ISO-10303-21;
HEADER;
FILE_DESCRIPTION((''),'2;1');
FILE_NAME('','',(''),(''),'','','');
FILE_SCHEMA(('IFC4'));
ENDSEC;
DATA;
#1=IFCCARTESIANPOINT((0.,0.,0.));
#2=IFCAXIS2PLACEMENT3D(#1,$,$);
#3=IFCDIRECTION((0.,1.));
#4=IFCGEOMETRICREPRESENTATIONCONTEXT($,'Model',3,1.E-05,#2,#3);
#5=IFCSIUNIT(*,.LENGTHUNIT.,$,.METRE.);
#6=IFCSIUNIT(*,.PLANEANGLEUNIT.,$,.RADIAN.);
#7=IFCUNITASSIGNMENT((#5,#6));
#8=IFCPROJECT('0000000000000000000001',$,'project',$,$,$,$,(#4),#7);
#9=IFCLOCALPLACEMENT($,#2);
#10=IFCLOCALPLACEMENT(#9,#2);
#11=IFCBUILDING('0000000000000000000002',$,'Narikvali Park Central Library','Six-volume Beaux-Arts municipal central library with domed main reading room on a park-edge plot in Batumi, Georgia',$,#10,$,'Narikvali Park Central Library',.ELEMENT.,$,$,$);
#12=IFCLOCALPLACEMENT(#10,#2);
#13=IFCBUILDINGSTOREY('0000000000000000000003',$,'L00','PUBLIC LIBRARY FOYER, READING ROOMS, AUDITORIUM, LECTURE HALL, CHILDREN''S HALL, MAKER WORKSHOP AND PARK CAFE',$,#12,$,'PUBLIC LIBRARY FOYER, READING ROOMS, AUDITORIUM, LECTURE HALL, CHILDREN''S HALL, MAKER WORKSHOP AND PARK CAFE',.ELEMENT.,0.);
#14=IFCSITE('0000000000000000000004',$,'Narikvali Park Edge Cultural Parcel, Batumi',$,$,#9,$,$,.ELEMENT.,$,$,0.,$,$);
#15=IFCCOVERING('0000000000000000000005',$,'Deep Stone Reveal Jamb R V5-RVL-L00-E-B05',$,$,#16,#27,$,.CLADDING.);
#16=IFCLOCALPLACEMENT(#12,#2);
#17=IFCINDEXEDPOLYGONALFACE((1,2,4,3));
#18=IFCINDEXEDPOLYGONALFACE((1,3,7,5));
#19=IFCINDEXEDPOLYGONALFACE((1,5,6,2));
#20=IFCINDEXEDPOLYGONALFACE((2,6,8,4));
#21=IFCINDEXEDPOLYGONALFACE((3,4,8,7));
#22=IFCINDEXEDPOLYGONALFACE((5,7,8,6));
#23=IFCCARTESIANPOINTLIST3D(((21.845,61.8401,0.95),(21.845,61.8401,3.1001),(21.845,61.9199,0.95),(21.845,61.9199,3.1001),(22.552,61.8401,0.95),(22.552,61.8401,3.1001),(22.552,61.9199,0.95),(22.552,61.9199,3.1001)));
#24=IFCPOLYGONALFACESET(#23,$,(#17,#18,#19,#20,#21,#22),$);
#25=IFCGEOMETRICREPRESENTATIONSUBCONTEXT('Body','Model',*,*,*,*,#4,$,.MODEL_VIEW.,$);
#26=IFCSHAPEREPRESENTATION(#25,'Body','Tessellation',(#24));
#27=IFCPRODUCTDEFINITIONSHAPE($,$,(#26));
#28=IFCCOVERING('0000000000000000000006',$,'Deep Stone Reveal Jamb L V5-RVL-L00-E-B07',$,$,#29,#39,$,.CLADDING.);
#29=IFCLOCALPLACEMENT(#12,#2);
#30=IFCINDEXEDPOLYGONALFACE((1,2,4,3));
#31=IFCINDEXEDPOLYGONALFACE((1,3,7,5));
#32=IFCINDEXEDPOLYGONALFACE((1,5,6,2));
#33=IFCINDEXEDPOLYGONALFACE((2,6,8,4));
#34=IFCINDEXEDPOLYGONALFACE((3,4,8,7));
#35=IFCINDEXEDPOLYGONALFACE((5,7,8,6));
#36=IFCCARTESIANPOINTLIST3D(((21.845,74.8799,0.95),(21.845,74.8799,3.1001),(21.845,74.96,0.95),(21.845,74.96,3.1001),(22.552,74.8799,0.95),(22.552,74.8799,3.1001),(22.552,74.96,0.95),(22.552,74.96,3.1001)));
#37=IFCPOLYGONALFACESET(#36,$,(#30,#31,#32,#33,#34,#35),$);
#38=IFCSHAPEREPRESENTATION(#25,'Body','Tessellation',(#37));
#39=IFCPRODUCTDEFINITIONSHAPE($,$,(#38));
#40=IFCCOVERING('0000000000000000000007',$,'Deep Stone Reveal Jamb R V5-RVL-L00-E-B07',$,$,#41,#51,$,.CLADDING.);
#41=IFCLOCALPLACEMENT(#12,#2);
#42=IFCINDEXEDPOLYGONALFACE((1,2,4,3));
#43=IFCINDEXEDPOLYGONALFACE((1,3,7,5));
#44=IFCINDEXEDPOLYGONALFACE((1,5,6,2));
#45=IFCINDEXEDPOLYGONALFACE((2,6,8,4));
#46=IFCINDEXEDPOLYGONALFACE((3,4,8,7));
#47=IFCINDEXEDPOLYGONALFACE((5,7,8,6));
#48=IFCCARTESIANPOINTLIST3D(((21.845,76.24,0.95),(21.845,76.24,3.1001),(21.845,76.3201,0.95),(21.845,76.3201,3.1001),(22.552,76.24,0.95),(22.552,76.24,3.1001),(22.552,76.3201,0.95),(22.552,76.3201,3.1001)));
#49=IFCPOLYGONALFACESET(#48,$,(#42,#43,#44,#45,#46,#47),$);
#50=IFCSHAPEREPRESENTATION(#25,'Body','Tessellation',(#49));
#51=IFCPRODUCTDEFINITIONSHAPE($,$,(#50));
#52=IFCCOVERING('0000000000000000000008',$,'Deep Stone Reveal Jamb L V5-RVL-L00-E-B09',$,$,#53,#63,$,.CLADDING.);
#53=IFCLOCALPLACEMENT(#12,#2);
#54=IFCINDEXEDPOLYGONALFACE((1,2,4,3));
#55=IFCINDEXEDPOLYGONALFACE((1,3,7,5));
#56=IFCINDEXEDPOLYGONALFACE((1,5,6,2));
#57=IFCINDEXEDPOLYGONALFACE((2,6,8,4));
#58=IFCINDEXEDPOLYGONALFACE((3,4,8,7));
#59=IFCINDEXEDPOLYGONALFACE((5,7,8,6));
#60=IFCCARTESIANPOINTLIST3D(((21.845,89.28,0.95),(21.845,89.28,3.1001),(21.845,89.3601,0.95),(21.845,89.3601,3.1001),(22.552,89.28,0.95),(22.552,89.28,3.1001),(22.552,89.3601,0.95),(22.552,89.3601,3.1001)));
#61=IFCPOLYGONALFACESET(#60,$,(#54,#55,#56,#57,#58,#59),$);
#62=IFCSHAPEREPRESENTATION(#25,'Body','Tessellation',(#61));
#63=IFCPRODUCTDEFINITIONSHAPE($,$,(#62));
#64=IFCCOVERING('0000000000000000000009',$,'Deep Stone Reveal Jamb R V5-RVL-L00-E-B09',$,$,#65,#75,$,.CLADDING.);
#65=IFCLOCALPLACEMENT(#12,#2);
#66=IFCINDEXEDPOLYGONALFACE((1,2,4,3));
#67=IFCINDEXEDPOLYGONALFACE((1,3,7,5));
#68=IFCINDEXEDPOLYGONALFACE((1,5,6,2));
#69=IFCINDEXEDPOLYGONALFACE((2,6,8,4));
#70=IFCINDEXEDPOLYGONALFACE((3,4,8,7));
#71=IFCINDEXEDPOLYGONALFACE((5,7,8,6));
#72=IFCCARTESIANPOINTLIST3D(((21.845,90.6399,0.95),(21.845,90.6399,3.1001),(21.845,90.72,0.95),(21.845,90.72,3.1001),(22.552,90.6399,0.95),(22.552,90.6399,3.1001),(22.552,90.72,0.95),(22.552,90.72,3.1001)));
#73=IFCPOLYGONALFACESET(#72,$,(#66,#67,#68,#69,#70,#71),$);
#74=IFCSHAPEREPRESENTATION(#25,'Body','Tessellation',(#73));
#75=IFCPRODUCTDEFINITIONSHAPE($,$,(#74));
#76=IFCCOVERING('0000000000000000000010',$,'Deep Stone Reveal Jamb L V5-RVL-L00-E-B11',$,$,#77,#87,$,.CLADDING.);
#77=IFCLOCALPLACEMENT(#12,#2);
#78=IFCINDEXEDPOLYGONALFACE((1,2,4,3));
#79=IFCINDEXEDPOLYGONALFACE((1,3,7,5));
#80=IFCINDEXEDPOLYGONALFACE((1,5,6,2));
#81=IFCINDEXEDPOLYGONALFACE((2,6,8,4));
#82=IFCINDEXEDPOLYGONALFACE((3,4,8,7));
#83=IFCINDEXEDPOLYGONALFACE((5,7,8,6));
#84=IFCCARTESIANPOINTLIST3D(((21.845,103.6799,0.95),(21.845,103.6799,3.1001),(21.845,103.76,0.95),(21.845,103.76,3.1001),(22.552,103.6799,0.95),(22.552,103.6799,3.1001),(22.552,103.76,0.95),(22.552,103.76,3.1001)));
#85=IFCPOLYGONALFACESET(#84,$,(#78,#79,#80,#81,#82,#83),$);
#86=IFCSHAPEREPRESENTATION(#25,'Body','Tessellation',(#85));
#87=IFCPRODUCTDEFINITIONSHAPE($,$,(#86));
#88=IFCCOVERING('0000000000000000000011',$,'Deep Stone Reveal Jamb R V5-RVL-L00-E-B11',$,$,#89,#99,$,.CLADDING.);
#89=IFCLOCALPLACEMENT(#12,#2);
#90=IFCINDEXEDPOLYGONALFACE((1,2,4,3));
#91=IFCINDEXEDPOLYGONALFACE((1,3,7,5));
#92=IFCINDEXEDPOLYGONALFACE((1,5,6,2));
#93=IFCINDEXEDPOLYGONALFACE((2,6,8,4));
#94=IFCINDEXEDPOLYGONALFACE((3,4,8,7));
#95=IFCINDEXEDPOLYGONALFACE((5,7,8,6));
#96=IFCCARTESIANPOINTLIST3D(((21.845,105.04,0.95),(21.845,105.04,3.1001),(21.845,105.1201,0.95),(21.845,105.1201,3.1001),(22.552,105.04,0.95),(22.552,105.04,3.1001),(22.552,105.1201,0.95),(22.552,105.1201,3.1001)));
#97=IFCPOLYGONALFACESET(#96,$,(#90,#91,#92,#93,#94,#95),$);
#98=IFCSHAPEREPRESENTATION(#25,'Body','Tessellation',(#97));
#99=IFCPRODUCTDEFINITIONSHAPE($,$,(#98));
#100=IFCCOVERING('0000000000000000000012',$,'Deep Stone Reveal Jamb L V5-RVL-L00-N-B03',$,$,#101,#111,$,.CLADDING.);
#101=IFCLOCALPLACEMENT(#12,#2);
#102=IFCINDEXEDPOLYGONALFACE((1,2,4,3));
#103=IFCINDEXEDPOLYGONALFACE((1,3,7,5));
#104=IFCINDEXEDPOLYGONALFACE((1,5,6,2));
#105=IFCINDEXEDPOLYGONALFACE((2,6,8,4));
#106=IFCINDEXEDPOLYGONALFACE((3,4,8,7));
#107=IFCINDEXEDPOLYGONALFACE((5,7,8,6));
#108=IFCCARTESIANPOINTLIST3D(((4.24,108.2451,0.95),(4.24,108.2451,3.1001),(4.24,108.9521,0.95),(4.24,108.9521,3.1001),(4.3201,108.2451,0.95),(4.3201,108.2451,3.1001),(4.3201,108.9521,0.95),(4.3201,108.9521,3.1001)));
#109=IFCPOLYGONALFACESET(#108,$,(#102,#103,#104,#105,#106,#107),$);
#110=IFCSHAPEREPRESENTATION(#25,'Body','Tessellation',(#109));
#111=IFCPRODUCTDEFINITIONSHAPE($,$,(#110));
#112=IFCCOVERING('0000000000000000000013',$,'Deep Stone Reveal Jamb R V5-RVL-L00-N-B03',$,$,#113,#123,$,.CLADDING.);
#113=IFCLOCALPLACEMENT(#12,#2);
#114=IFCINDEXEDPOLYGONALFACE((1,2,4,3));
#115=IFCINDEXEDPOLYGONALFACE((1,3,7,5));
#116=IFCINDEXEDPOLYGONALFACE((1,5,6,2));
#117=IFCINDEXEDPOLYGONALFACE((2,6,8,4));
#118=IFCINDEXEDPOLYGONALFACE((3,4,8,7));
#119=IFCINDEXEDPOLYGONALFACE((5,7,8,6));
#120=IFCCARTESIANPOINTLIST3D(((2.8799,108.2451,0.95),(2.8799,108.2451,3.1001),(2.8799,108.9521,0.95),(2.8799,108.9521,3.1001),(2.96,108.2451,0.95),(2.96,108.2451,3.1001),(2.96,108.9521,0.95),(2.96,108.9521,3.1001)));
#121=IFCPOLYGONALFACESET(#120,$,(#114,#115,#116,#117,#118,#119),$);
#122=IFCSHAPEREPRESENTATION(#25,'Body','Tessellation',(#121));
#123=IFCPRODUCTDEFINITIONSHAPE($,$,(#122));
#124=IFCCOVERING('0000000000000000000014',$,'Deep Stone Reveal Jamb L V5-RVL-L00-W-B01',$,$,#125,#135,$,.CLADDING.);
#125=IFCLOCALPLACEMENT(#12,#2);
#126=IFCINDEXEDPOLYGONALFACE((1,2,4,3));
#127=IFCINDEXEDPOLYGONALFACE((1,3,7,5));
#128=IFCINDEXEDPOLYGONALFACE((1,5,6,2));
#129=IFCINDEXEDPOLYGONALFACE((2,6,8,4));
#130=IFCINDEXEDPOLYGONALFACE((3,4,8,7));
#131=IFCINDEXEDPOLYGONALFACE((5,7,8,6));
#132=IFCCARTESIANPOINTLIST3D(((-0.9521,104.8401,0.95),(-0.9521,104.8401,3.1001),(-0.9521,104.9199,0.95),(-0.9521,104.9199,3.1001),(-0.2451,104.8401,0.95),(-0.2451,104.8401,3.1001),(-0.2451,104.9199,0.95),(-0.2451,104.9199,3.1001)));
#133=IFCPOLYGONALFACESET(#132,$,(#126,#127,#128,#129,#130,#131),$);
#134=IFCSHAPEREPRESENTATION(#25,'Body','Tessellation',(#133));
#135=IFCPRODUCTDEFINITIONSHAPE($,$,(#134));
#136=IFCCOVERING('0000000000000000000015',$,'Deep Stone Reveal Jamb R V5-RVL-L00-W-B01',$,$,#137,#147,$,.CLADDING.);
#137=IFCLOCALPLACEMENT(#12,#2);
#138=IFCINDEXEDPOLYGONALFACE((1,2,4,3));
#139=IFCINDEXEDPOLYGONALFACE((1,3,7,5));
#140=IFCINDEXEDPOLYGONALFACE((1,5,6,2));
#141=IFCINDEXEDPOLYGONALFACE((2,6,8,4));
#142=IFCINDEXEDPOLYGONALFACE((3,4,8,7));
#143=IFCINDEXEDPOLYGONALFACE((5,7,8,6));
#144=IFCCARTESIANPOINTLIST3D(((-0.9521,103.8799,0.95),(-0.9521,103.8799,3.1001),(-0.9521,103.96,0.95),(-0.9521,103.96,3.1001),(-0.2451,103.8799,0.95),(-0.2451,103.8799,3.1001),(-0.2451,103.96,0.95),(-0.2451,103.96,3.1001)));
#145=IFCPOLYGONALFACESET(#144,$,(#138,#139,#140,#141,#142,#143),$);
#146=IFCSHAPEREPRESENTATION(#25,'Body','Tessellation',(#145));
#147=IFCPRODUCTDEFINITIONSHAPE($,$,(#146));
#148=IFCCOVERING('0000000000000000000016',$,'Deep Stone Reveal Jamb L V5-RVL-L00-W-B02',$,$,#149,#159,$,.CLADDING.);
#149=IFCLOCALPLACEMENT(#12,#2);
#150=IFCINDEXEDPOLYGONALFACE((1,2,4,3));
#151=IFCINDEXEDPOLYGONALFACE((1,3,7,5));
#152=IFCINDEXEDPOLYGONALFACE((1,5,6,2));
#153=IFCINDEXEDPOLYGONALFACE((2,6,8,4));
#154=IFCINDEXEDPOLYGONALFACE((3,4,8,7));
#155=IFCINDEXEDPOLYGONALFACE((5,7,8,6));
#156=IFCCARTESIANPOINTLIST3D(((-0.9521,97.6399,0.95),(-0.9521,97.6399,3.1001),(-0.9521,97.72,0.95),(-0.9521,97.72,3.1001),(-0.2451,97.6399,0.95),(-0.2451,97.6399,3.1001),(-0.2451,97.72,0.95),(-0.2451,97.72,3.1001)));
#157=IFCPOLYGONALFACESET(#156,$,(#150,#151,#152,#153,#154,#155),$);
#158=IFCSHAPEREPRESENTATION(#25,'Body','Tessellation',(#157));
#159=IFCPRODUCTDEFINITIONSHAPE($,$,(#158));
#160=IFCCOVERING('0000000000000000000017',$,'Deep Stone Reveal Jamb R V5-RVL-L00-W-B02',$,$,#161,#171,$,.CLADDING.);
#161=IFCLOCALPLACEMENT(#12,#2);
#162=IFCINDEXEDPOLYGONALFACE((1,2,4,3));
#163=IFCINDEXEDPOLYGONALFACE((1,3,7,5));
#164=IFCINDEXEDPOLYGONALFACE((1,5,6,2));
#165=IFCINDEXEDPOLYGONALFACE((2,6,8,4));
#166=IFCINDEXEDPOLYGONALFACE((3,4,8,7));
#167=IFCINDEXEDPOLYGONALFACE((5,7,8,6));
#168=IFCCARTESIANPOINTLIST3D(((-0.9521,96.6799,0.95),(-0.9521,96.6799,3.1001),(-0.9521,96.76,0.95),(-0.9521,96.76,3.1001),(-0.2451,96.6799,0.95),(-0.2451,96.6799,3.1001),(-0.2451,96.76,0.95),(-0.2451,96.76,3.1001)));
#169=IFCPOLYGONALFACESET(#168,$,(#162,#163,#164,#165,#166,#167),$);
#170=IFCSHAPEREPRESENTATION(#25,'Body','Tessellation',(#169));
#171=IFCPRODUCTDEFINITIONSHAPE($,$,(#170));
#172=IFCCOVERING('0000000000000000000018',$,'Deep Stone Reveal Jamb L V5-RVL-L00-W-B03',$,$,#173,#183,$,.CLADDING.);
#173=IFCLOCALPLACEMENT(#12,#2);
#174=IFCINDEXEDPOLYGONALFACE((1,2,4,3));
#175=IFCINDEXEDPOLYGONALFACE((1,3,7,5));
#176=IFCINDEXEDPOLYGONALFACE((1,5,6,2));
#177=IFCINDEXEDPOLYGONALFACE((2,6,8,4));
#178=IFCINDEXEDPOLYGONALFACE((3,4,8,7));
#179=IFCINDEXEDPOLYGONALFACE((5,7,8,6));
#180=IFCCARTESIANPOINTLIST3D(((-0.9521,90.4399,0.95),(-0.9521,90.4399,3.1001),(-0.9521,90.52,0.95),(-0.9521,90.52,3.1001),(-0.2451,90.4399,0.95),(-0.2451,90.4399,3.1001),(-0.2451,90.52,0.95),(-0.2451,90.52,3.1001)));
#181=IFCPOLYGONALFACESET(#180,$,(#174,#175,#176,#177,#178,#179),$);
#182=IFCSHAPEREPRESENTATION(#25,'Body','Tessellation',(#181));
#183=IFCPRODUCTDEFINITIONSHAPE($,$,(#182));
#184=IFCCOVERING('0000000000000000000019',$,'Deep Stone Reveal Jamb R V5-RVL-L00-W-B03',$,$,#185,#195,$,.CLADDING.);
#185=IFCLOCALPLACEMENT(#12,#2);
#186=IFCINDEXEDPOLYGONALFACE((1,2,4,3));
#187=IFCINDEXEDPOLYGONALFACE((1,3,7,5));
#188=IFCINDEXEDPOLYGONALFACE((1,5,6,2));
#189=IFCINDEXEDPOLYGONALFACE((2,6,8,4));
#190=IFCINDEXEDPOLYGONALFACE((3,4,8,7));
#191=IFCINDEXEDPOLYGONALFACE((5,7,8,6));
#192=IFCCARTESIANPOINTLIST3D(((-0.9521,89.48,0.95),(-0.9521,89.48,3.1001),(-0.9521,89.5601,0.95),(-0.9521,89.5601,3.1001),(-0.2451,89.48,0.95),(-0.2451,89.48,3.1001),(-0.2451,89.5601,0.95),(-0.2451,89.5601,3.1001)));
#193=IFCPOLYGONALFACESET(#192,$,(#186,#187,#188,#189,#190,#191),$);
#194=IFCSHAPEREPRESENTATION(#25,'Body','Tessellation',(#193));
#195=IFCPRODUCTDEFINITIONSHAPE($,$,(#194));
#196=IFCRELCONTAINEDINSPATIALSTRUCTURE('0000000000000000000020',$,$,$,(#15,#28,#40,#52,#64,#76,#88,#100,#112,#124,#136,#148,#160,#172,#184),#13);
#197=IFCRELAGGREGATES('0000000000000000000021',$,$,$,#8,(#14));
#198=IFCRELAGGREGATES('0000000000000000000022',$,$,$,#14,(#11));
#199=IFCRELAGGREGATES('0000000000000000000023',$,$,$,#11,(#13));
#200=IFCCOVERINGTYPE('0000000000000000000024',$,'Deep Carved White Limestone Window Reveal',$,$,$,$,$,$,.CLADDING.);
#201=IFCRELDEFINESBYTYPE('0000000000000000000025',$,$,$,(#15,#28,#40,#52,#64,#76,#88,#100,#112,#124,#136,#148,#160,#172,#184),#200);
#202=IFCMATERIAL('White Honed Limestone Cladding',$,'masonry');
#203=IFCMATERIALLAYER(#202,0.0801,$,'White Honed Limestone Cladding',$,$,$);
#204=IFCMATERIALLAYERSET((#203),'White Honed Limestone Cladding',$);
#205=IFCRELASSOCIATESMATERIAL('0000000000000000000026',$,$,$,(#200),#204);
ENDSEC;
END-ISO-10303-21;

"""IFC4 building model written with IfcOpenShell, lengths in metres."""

from ifc_helpers import new_model, si_unit, direction, frame, origin, place, context, subcontext, project, spatial, polyline, outline, extrude, material, layer, layer_set, type_object, element, save


model = new_model("IFC4")

# Units and contexts
model_context = context("Model", 3, precision=1e-05, world=origin(), true_north=direction((0.0, 1.0)))
body_context = subcontext(model_context, "Body", "Model", "MODEL_VIEW")
ifc_project = project(units=[si_unit("LENGTHUNIT", "METRE"), si_unit("PLANEANGLEUNIT", "RADIAN")], contexts=[model_context])

# Site, building, storey
site_placement = place(None, origin())
site = spatial("IfcSite", under=ifc_project, at=site_placement, Name="Narikvali Park Edge Cultural Parcel, Batumi", CompositionType="ELEMENT", RefElevation=0.0)
building_placement = place(site_placement, origin())
building = spatial("IfcBuilding", under=site, at=building_placement, Name="Narikvali Park Central Library", Description="Six-volume Beaux-Arts municipal central library with domed main reading room on a park-edge plot in Batumi, Georgia", LongName="Narikvali Park Central Library", CompositionType="ELEMENT")
storey_placement = place(building_placement, origin())
storey = spatial("IfcBuildingStorey", under=building, at=storey_placement, Name="L00", Description="PUBLIC LIBRARY FOYER, READING ROOMS, AUDITORIUM, LECTURE HALL, CHILDREN'S HALL, MAKER WORKSHOP AND PARK CAFE", LongName="PUBLIC LIBRARY FOYER, READING ROOMS, AUDITORIUM, LECTURE HALL, CHILDREN'S HALL, MAKER WORKSHOP AND PARK CAFE", CompositionType="ELEMENT", Elevation=0.0)

# Coverings
ifc_material = material(Name="White Honed Limestone Cladding", Category="masonry")
ifc_layer = layer(ifc_material, 0.0801, Name="White Honed Limestone Cladding")
ifc_layer_set = layer_set([ifc_layer], Name="White Honed Limestone Cladding")
covering_type = type_object("IfcCoveringType", Name="Deep Carved White Limestone Window Reveal", PredefinedType="CLADDING", material=ifc_layer_set)
covering_1_placement = place(storey_placement, frame((0.0, 0.0, 0.95)))
element("IfcCovering", 1, at=covering_1_placement, inside=storey, type_object=covering_type, Name="Deep Stone Reveal Jamb R V5-RVL-L00-E-B05", PredefinedType="CLADDING", context=body_context, shape_type="SweptSolid", body=[
    extrude(outline(polyline([(21.845, 61.8401), (21.845, 61.9199), (22.552, 61.9199), (22.552, 61.8401), (21.845, 61.8401)])), origin(), (0.0, 0.0, 1.0), 2.1501),
])
covering_2_placement = place(storey_placement, frame((0.0, 0.0, 0.95)))
element("IfcCovering", 2, at=covering_2_placement, inside=storey, type_object=covering_type, Name="Deep Stone Reveal Jamb L V5-RVL-L00-E-B07", PredefinedType="CLADDING", context=body_context, shape_type="SweptSolid", body=[
    extrude(outline(polyline([(21.845, 74.8799), (21.845, 74.96), (22.552, 74.96), (22.552, 74.8799), (21.845, 74.8799)])), origin(), (0.0, 0.0, 1.0), 2.1501),
])
covering_3_placement = place(storey_placement, frame((0.0, 0.0, 0.95)))
element("IfcCovering", 3, at=covering_3_placement, inside=storey, type_object=covering_type, Name="Deep Stone Reveal Jamb R V5-RVL-L00-E-B07", PredefinedType="CLADDING", context=body_context, shape_type="SweptSolid", body=[
    extrude(outline(polyline([(21.845, 76.24), (21.845, 76.3201), (22.552, 76.3201), (22.552, 76.24), (21.845, 76.24)])), origin(), (0.0, 0.0, 1.0), 2.1501),
])
covering_4_placement = place(storey_placement, frame((0.0, 0.0, 0.95)))
element("IfcCovering", 4, at=covering_4_placement, inside=storey, type_object=covering_type, Name="Deep Stone Reveal Jamb L V5-RVL-L00-E-B09", PredefinedType="CLADDING", context=body_context, shape_type="SweptSolid", body=[
    extrude(outline(polyline([(21.845, 89.28), (21.845, 89.3601), (22.552, 89.3601), (22.552, 89.28), (21.845, 89.28)])), origin(), (0.0, 0.0, 1.0), 2.1501),
])
covering_5_placement = place(storey_placement, frame((0.0, 0.0, 0.95)))
element("IfcCovering", 5, at=covering_5_placement, inside=storey, type_object=covering_type, Name="Deep Stone Reveal Jamb R V5-RVL-L00-E-B09", PredefinedType="CLADDING", context=body_context, shape_type="SweptSolid", body=[
    extrude(outline(polyline([(21.845, 90.6399), (21.845, 90.72), (22.552, 90.72), (22.552, 90.6399), (21.845, 90.6399)])), origin(), (0.0, 0.0, 1.0), 2.1501),
])
covering_6_placement = place(storey_placement, frame((0.0, 0.0, 0.95)))
element("IfcCovering", 6, at=covering_6_placement, inside=storey, type_object=covering_type, Name="Deep Stone Reveal Jamb L V5-RVL-L00-E-B11", PredefinedType="CLADDING", context=body_context, shape_type="SweptSolid", body=[
    extrude(outline(polyline([(21.845, 103.6799), (21.845, 103.76), (22.552, 103.76), (22.552, 103.6799), (21.845, 103.6799)])), origin(), (0.0, 0.0, 1.0), 2.1501),
])
covering_7_placement = place(storey_placement, frame((0.0, 0.0, 0.95)))
element("IfcCovering", 7, at=covering_7_placement, inside=storey, type_object=covering_type, Name="Deep Stone Reveal Jamb R V5-RVL-L00-E-B11", PredefinedType="CLADDING", context=body_context, shape_type="SweptSolid", body=[
    extrude(outline(polyline([(21.845, 105.04), (21.845, 105.1201), (22.552, 105.1201), (22.552, 105.04), (21.845, 105.04)])), origin(), (0.0, 0.0, 1.0), 2.1501),
])
covering_8_placement = place(storey_placement, frame((0.0, 0.0, 0.95)))
element("IfcCovering", 8, at=covering_8_placement, inside=storey, type_object=covering_type, Name="Deep Stone Reveal Jamb L V5-RVL-L00-N-B03", PredefinedType="CLADDING", context=body_context, shape_type="SweptSolid", body=[
    extrude(outline(polyline([(4.3201, 108.2451), (4.24, 108.2451), (4.24, 108.9521), (4.3201, 108.9521), (4.3201, 108.2451)])), origin(), (0.0, 0.0, 1.0), 2.1501),
])
covering_9_placement = place(storey_placement, frame((0.0, 0.0, 0.95)))
element("IfcCovering", 9, at=covering_9_placement, inside=storey, type_object=covering_type, Name="Deep Stone Reveal Jamb R V5-RVL-L00-N-B03", PredefinedType="CLADDING", context=body_context, shape_type="SweptSolid", body=[
    extrude(outline(polyline([(2.96, 108.2451), (2.8799, 108.2451), (2.8799, 108.9521), (2.96, 108.9521), (2.96, 108.2451)])), origin(), (0.0, 0.0, 1.0), 2.1501),
])
covering_10_placement = place(storey_placement, frame((0.0, 0.0, 0.95)))
element("IfcCovering", 10, at=covering_10_placement, inside=storey, type_object=covering_type, Name="Deep Stone Reveal Jamb L V5-RVL-L00-W-B01", PredefinedType="CLADDING", context=body_context, shape_type="SweptSolid", body=[
    extrude(outline(polyline([(-0.2451, 104.9199), (-0.2451, 104.8401), (-0.9521, 104.8401), (-0.9521, 104.9199), (-0.2451, 104.9199)])), origin(), (0.0, 0.0, 1.0), 2.1501),
])
covering_11_placement = place(storey_placement, frame((0.0, 0.0, 0.95)))
element("IfcCovering", 11, at=covering_11_placement, inside=storey, type_object=covering_type, Name="Deep Stone Reveal Jamb R V5-RVL-L00-W-B01", PredefinedType="CLADDING", context=body_context, shape_type="SweptSolid", body=[
    extrude(outline(polyline([(-0.2451, 103.96), (-0.2451, 103.8799), (-0.9521, 103.8799), (-0.9521, 103.96), (-0.2451, 103.96)])), origin(), (0.0, 0.0, 1.0), 2.1501),
])
covering_12_placement = place(storey_placement, frame((0.0, 0.0, 0.95)))
element("IfcCovering", 12, at=covering_12_placement, inside=storey, type_object=covering_type, Name="Deep Stone Reveal Jamb L V5-RVL-L00-W-B02", PredefinedType="CLADDING", context=body_context, shape_type="SweptSolid", body=[
    extrude(outline(polyline([(-0.2451, 97.72), (-0.2451, 97.6399), (-0.9521, 97.6399), (-0.9521, 97.72), (-0.2451, 97.72)])), origin(), (0.0, 0.0, 1.0), 2.1501),
])
covering_13_placement = place(storey_placement, frame((0.0, 0.0, 0.95)))
element("IfcCovering", 13, at=covering_13_placement, inside=storey, type_object=covering_type, Name="Deep Stone Reveal Jamb R V5-RVL-L00-W-B02", PredefinedType="CLADDING", context=body_context, shape_type="SweptSolid", body=[
    extrude(outline(polyline([(-0.2451, 96.76), (-0.2451, 96.6799), (-0.9521, 96.6799), (-0.9521, 96.76), (-0.2451, 96.76)])), origin(), (0.0, 0.0, 1.0), 2.1501),
])
covering_14_placement = place(storey_placement, frame((0.0, 0.0, 0.95)))
element("IfcCovering", 14, at=covering_14_placement, inside=storey, type_object=covering_type, Name="Deep Stone Reveal Jamb L V5-RVL-L00-W-B03", PredefinedType="CLADDING", context=body_context, shape_type="SweptSolid", body=[
    extrude(outline(polyline([(-0.2451, 90.52), (-0.2451, 90.4399), (-0.9521, 90.4399), (-0.9521, 90.52), (-0.2451, 90.52)])), origin(), (0.0, 0.0, 1.0), 2.1501),
])
covering_15_placement = place(storey_placement, frame((0.0, 0.0, 0.95)))
element("IfcCovering", 15, at=covering_15_placement, inside=storey, type_object=covering_type, Name="Deep Stone Reveal Jamb R V5-RVL-L00-W-B03", PredefinedType="CLADDING", context=body_context, shape_type="SweptSolid", body=[
    extrude(outline(polyline([(-0.2451, 89.5601), (-0.2451, 89.48), (-0.9521, 89.48), (-0.9521, 89.5601), (-0.2451, 89.5601)])), origin(), (0.0, 0.0, 1.0), 2.1501),
])

save(model, "model.ifc")
